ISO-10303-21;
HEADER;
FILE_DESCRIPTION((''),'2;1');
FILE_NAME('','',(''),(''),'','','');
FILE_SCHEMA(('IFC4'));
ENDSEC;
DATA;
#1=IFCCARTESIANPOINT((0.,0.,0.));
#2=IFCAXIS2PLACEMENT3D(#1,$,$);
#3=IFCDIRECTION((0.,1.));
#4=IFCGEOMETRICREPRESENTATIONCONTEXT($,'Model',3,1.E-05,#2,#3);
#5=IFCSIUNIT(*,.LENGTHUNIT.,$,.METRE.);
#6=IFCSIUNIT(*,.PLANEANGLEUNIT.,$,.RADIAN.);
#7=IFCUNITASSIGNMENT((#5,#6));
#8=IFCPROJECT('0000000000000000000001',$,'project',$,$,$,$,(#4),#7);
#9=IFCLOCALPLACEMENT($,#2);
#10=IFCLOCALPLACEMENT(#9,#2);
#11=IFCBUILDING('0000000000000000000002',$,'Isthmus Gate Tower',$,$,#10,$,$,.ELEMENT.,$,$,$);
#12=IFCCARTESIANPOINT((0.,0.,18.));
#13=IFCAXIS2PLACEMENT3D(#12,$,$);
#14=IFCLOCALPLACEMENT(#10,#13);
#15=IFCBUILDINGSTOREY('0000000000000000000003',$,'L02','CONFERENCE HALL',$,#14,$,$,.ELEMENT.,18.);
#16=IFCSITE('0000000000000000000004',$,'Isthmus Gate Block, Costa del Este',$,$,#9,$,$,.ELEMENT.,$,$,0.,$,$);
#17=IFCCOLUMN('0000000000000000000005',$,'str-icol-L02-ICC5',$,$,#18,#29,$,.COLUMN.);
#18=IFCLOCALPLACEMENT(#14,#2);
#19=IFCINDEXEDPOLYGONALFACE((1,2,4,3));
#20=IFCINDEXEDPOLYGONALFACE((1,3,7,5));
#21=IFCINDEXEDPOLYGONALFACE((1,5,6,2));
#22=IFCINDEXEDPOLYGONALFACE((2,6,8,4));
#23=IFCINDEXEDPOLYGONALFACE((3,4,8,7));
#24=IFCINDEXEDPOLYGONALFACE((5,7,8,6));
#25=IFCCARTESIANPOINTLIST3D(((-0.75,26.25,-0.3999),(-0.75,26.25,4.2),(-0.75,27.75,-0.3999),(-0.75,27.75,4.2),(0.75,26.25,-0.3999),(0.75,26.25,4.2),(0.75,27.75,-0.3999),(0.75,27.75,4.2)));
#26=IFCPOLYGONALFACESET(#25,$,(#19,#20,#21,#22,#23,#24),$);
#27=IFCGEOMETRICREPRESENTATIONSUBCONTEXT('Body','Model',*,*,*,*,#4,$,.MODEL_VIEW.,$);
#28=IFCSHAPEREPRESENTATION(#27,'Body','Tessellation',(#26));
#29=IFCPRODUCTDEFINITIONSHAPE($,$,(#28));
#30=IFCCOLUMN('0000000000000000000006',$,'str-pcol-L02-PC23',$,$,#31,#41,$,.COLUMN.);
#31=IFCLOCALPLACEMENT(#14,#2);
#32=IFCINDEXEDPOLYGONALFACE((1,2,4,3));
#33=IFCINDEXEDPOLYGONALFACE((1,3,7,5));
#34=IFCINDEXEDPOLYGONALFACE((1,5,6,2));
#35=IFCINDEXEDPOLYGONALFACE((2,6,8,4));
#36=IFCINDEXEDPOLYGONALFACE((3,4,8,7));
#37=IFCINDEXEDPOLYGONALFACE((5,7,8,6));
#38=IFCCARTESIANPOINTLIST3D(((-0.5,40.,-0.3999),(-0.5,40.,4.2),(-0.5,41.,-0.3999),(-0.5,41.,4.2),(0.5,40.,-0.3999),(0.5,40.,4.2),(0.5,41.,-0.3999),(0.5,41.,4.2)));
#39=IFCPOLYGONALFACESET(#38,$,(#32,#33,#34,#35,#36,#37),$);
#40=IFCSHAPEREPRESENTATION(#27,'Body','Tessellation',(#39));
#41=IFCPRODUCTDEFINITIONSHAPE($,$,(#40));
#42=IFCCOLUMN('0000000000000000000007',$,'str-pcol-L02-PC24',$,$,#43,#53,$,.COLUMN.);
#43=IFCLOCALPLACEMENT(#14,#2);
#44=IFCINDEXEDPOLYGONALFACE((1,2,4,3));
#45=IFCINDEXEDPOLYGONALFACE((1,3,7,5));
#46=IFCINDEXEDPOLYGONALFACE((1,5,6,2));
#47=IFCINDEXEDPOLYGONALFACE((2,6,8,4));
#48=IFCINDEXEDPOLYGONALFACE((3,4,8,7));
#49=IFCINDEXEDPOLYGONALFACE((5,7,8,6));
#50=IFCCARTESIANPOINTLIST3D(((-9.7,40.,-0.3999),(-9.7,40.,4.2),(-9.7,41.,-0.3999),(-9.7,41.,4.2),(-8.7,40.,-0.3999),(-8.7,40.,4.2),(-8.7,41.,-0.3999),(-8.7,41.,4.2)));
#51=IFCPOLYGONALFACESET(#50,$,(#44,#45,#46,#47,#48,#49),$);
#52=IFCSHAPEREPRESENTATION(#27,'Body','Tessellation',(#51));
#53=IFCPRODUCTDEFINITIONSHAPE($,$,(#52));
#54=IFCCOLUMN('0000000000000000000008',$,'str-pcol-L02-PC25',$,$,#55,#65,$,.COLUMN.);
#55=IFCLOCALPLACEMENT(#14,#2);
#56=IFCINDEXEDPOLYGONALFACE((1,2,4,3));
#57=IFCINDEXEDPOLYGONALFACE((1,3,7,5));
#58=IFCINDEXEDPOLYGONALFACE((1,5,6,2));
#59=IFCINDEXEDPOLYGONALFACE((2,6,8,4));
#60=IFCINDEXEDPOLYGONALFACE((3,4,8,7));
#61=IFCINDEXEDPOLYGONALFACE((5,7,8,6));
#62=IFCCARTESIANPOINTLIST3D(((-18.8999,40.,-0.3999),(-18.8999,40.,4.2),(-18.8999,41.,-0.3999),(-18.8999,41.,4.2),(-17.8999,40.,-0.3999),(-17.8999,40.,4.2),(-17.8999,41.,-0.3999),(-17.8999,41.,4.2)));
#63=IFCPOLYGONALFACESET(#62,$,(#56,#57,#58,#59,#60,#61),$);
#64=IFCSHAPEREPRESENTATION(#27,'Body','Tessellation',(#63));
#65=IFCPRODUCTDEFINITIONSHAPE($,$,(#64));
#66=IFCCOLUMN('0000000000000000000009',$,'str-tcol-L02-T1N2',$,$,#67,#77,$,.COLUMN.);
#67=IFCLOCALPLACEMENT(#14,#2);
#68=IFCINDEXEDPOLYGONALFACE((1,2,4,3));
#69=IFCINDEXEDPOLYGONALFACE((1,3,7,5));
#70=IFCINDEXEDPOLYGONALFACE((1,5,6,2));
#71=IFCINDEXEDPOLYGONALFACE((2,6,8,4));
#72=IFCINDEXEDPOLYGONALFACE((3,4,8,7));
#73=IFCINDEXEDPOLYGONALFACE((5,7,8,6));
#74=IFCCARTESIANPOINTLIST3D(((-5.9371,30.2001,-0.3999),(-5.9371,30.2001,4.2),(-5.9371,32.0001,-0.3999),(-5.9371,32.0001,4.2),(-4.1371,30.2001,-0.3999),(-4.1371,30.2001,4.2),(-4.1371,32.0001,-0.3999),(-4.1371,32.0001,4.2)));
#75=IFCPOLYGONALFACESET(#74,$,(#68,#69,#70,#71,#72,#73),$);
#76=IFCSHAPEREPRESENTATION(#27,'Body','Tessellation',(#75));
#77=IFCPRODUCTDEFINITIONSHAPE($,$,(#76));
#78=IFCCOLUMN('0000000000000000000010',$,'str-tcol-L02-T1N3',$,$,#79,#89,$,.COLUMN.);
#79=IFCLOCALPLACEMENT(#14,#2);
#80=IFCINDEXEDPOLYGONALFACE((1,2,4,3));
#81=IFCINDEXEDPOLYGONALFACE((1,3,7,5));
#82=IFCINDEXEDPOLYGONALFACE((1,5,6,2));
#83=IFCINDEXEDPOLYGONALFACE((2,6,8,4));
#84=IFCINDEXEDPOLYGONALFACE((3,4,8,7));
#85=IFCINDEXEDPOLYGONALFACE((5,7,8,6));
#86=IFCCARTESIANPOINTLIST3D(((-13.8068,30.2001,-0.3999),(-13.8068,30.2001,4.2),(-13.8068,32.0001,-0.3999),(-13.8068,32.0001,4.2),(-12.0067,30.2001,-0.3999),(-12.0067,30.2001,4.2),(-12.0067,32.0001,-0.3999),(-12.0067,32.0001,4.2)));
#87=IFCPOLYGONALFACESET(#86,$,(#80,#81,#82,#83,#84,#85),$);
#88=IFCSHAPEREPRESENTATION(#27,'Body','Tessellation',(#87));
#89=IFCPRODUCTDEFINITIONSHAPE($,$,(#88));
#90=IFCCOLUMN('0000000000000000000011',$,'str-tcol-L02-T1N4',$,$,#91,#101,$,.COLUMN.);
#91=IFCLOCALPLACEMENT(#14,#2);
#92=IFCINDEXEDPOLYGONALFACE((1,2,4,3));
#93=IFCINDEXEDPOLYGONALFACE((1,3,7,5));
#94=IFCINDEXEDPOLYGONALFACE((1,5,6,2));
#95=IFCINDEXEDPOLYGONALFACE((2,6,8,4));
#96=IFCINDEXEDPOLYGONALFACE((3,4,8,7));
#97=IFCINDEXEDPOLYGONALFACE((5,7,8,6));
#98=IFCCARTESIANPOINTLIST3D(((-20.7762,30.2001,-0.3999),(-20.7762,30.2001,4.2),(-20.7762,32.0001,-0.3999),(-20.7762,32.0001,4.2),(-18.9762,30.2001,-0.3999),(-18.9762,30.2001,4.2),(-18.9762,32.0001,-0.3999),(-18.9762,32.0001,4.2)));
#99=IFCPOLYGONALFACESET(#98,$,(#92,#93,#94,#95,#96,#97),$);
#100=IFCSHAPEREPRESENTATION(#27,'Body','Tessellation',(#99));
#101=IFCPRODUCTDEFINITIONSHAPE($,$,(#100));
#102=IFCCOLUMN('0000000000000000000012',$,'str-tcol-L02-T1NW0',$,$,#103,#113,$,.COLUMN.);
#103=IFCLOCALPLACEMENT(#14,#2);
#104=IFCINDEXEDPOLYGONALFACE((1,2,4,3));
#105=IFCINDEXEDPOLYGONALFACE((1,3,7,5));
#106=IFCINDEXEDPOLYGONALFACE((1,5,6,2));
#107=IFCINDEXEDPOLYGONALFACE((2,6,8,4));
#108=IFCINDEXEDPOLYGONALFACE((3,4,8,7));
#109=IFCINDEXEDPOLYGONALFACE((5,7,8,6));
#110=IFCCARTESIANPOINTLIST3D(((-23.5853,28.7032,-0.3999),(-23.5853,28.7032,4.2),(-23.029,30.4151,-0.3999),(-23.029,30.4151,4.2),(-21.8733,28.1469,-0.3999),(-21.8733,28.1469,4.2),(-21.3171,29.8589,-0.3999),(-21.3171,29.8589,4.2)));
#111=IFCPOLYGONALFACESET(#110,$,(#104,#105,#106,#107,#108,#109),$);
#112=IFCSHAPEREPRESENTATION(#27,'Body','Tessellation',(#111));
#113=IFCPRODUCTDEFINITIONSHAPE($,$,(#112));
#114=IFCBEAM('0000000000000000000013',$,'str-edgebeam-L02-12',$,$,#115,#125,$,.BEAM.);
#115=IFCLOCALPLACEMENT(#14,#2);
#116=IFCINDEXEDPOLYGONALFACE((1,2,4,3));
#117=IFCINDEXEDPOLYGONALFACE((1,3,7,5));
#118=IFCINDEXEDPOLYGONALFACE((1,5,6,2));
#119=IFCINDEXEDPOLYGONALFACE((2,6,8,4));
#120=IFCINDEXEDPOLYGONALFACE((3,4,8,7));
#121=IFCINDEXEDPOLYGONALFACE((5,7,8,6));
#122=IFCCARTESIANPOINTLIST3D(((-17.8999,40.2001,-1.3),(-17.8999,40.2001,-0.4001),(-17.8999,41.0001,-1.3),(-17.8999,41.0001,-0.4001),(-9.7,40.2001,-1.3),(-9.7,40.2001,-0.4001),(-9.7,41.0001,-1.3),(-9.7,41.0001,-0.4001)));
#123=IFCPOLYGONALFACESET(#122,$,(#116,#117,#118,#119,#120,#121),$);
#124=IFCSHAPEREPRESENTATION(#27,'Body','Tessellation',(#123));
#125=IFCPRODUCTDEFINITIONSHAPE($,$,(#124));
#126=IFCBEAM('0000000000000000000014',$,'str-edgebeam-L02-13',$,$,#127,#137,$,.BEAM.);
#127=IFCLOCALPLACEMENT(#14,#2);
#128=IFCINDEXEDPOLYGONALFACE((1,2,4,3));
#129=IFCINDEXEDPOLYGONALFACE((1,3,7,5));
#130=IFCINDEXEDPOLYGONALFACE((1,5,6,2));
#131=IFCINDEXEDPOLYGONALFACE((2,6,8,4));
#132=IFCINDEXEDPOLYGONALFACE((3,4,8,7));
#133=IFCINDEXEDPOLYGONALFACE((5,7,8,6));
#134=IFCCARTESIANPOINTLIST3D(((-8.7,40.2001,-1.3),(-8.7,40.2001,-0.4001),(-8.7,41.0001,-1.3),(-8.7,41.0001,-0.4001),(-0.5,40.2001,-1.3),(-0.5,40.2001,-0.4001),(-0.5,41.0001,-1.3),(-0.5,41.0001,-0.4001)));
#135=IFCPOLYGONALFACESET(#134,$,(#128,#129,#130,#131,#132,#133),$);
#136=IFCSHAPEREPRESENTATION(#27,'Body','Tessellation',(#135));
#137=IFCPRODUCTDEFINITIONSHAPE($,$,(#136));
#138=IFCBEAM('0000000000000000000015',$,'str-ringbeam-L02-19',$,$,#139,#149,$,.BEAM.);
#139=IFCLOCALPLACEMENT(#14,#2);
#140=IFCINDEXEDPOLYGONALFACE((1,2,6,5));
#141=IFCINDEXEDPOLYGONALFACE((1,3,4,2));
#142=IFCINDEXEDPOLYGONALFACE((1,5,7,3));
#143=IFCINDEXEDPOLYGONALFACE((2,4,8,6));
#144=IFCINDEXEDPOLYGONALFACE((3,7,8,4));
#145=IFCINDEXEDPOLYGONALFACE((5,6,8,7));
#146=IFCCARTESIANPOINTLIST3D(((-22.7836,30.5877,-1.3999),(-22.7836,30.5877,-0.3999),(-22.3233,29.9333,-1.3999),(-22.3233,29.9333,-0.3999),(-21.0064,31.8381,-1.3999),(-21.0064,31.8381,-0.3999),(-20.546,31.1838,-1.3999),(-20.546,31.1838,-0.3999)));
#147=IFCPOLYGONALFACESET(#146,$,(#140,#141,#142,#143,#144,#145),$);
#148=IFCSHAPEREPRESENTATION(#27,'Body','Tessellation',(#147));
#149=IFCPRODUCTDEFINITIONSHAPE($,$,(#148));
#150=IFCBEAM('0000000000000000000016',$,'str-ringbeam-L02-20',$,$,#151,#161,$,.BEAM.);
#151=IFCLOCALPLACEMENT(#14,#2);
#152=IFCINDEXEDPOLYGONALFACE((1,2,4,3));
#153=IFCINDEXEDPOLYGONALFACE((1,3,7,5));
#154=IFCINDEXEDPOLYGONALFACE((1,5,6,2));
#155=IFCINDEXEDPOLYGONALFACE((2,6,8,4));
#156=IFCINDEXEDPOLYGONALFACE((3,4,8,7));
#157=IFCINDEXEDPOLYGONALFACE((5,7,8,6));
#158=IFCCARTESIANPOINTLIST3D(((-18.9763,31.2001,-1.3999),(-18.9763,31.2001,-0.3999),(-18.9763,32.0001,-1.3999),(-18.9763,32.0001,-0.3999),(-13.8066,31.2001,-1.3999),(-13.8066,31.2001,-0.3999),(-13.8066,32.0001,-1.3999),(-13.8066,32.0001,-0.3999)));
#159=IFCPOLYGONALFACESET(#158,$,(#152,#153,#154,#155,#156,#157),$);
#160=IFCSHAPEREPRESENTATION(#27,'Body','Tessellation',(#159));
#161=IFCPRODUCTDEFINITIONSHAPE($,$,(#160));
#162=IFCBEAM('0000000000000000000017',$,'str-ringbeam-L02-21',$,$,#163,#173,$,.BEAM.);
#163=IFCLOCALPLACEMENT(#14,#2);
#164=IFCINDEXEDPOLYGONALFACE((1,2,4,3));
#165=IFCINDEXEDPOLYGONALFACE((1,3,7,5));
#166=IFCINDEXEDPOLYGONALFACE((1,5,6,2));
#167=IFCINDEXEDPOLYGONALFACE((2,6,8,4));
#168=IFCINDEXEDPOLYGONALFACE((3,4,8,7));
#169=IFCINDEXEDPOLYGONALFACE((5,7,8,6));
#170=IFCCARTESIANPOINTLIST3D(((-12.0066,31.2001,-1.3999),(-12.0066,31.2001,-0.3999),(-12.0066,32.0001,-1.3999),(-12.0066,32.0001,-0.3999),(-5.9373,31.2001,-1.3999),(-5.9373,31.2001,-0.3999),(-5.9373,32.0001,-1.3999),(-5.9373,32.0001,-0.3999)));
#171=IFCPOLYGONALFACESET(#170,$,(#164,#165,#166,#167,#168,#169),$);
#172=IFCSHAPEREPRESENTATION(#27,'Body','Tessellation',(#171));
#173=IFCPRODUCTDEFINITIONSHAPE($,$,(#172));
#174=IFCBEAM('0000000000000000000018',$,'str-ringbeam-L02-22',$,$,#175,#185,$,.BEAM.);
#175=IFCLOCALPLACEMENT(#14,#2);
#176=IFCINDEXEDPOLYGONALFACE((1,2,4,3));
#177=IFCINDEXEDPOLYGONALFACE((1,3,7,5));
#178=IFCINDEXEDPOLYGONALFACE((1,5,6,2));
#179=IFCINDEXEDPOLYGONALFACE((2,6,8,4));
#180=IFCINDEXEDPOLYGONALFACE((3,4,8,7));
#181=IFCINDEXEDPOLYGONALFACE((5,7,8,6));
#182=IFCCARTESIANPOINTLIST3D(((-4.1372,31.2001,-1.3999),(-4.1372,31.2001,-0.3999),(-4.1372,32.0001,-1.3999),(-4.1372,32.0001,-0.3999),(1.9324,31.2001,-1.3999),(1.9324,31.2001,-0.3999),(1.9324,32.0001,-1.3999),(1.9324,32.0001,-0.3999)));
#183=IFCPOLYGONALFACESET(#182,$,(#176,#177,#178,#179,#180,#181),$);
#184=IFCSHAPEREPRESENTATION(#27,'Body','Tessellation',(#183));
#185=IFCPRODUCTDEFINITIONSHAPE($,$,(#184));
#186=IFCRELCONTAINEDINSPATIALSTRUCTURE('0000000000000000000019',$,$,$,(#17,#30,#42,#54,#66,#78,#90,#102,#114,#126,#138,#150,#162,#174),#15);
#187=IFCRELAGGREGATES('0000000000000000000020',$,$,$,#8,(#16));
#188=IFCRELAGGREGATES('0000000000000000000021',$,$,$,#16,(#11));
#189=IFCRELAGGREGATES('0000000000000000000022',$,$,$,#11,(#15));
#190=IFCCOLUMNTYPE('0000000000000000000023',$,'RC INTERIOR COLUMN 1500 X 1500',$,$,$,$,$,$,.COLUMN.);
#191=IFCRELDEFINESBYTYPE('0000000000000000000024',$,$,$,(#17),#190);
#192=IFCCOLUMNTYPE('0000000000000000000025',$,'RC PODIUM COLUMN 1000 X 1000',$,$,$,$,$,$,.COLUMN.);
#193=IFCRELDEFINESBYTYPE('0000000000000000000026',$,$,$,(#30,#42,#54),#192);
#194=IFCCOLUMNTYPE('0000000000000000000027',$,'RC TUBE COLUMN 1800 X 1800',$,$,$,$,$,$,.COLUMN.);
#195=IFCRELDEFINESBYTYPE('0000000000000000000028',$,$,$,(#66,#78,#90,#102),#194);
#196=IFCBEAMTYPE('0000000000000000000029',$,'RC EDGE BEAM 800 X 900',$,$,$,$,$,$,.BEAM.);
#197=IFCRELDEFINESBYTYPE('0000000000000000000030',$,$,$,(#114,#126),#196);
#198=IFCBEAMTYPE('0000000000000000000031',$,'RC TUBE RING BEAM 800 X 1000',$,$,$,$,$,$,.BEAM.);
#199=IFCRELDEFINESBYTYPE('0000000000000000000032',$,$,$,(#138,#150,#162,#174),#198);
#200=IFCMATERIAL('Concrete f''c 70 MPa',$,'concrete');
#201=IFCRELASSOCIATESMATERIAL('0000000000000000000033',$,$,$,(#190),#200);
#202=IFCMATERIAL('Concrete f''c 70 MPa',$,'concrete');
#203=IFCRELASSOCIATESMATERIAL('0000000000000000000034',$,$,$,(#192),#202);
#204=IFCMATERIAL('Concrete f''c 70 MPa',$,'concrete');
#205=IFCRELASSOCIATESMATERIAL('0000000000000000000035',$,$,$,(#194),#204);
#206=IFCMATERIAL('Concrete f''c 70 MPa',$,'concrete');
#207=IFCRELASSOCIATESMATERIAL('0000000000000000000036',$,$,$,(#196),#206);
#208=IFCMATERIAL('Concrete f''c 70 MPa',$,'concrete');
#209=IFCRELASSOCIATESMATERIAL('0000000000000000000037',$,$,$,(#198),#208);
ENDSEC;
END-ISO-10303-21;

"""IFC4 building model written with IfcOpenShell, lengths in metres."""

from ifc_helpers import new_model, si_unit, direction, frame, origin, origin_2d, place, context, subcontext, project, spatial, rectangle, extrude, material, material_profile, profile_set, type_object, element, save


model = new_model("IFC4")

# Units and contexts
model_context = context("Model", 3, precision=1e-05, world=origin(), true_north=direction((0.0, 1.0)))
body_context = subcontext(model_context, "Body", "Model", "MODEL_VIEW")
ifc_project = project(units=[si_unit("LENGTHUNIT", "METRE"), si_unit("PLANEANGLEUNIT", "RADIAN")], contexts=[model_context])

# Site, building, storey
site_placement = place(None, origin())
site = spatial("IfcSite", under=ifc_project, at=site_placement, Name="Isthmus Gate Block, Costa del Este", CompositionType="ELEMENT", RefElevation=0.0)
building_placement = place(site_placement, origin())
building = spatial("IfcBuilding", under=site, at=building_placement, Name="Isthmus Gate Tower", CompositionType="ELEMENT")
storey_placement = place(building_placement, frame((0.0, 0.0, 18.0)))
storey = spatial("IfcBuildingStorey", under=building, at=storey_placement, Name="L02", Description="CONFERENCE HALL", CompositionType="ELEMENT", Elevation=18.0)

# Columns
ifc_material_1 = material(Name="Concrete f'c 70 MPa", Category="concrete")
ifc_material_profile_1 = material_profile(ifc_material_1, rectangle(XDim=1.5, YDim=1.5, at=origin_2d()), Name="RC 1500X1500")
ifc_profile_set_1 = profile_set([ifc_material_profile_1], Name="Concrete f'c 70 MPa")
column_type_1 = type_object("IfcColumnType", Name="RC INTERIOR COLUMN 1500 X 1500", PredefinedType="COLUMN", material=ifc_profile_set_1)
column_placement = place(storey_placement, frame((0.0, 27.0, -0.3999), z_axis=(0.0, 0.0, 1.0), x_axis=(1.0, 0.0, 0.0)))
element("IfcColumn", 1, at=column_placement, inside=storey, type_object=column_type_1, Name="str-icol-L02-ICC5", PredefinedType="COLUMN", context=body_context, shape_type="SweptSolid", body=[
    extrude(rectangle(XDim=1.5, YDim=1.5, at=origin_2d()), origin(), (0.0, 0.0, 1.0), 4.5999),
])
ifc_material_2 = material(Name="Concrete f'c 70 MPa", Category="concrete")
ifc_material_profile_2 = material_profile(ifc_material_2, rectangle(XDim=1.0, YDim=1.0, at=origin_2d()), Name="RC 1000X1000")
ifc_profile_set_2 = profile_set([ifc_material_profile_2], Name="Concrete f'c 70 MPa")
column_type_2 = type_object("IfcColumnType", Name="RC PODIUM COLUMN 1000 X 1000", PredefinedType="COLUMN", material=ifc_profile_set_2)
for number, where, z_axis, x_axis, name in (
    (2, (0.0, 40.5, -0.3999), (0.0, 0.0, 1.0), (-1.0, 0.0, 0.0), "str-pcol-L02-PC23"),
    (3, (-9.2, 40.5, -0.3999), (0.0, 0.0, 1.0), (-1.0, 0.0, 0.0), "str-pcol-L02-PC24"),
    (4, (-18.3999, 40.5, -0.3999), (0.0, 0.0, 1.0), (-1.0, 0.0, 0.0), "str-pcol-L02-PC25"),
):
    element("IfcColumn", number, at=place(storey_placement, frame(where, z_axis=z_axis, x_axis=x_axis)), inside=storey, type_object=column_type_2, Name=name, PredefinedType="COLUMN", context=body_context, shape_type="SweptSolid", body=[
        extrude(rectangle(XDim=1.0, YDim=1.0, at=origin_2d()), origin(), (0.0, 0.0, 1.0), 4.5999),
    ])
ifc_material_3 = material(Name="Concrete f'c 70 MPa", Category="concrete")
ifc_material_profile_3 = material_profile(ifc_material_3, rectangle(XDim=1.8, YDim=1.8, at=origin_2d()), Name="RC 1800X1800")
ifc_profile_set_3 = profile_set([ifc_material_profile_3], Name="Concrete f'c 70 MPa")
column_type_3 = type_object("IfcColumnType", Name="RC TUBE COLUMN 1800 X 1800", PredefinedType="COLUMN", material=ifc_profile_set_3)
for number, where, z_axis, x_axis, name in (
    (5, (-5.0371, 31.1001, -0.3999), (0.0, 0.0, 1.0), (-1.0, 0.0, 0.0), "str-tcol-L02-T1N2"),
    (6, (-12.9067, 31.1001, -0.3999), (0.0, 0.0, 1.0), (-1.0, 0.0, 0.0), "str-tcol-L02-T1N3"),
    (7, (-19.8762, 31.1001, -0.3999), (0.0, 0.0, 1.0), (-1.0, 0.0, 0.0), "str-tcol-L02-T1N4"),
    (8, (-22.4512, 29.281, -0.3999), (0.0, 0.0, 1.0), (-0.309017, -0.951057, 0.0), "str-tcol-L02-T1NW0"),
):
    element("IfcColumn", number, at=place(storey_placement, frame(where, z_axis=z_axis, x_axis=x_axis)), inside=storey, type_object=column_type_3, Name=name, PredefinedType="COLUMN", context=body_context, shape_type="SweptSolid", body=[
        extrude(rectangle(XDim=1.8, YDim=1.8, at=origin_2d()), origin(), (0.0, 0.0, 1.0), 4.5999),
    ])

# Beams
ifc_material_4 = material(Name="Concrete f'c 70 MPa", Category="concrete")
ifc_material_profile_4 = material_profile(ifc_material_4, rectangle(XDim=0.8, YDim=0.8999, at=origin_2d()), Name="RC 800X900")
ifc_profile_set_4 = profile_set([ifc_material_profile_4], Name="Concrete f'c 70 MPa")
beam_type_1 = type_object("IfcBeamType", Name="RC EDGE BEAM 800 X 900", PredefinedType="BEAM", material=ifc_profile_set_4)
for number, where, z_axis, x_axis, name in (
    (9, (-17.8999, 40.6001, -0.8501), (1.0, 0.0, 0.0), (0.0, 1.0, 0.0), "str-edgebeam-L02-12"),
    (10, (-8.7, 40.6001, -0.8501), (1.0, 0.0, 0.0), (0.0, 1.0, 0.0), "str-edgebeam-L02-13"),
):
    element("IfcBeam", number, at=place(storey_placement, frame(where, z_axis=z_axis, x_axis=x_axis)), inside=storey, type_object=beam_type_1, Name=name, PredefinedType="BEAM", context=body_context, shape_type="SweptSolid", body=[
        extrude(rectangle(XDim=0.8, YDim=0.8999, at=origin_2d()), origin(), (0.0, 0.0, 1.0), 8.2),
    ])
ifc_material_5 = material(Name="Concrete f'c 70 MPa", Category="concrete")
ifc_material_profile_5 = material_profile(ifc_material_5, rectangle(XDim=0.8, YDim=1.0, at=origin_2d()), Name="RC 800X1000")
ifc_profile_set_5 = profile_set([ifc_material_profile_5], Name="Concrete f'c 70 MPa")
beam_type_2 = type_object("IfcBeamType", Name="RC TUBE RING BEAM 800 X 1000", PredefinedType="BEAM", material=ifc_profile_set_5)
beam_1_placement = place(storey_placement, frame((-22.5535, 30.2605, -0.8999), z_axis=(0.817857, 0.575421, 0.0), x_axis=(-0.575421, 0.817857, 0.0)))
element("IfcBeam", 11, at=beam_1_placement, inside=storey, type_object=beam_type_2, Name="str-ringbeam-L02-19", PredefinedType="BEAM", context=body_context, shape_type="SweptSolid", body=[
    extrude(rectangle(XDim=0.8, YDim=1.0, at=origin_2d()), origin(), (0.0, 0.0, 1.0), 2.1731),
])
beam_2_placement = place(storey_placement, frame((-18.9763, 31.6001, -0.8999), z_axis=(1.0, 0.0, 0.0), x_axis=(0.0, 1.0, 0.0)))
element("IfcBeam", 12, at=beam_2_placement, inside=storey, type_object=beam_type_2, Name="str-ringbeam-L02-20", PredefinedType="BEAM", context=body_context, shape_type="SweptSolid", body=[
    extrude(rectangle(XDim=0.8, YDim=1.0, at=origin_2d()), origin(), (0.0, 0.0, 1.0), 5.1697),
])
beam_3_placement = place(storey_placement, frame((-12.0066, 31.6001, -0.8999), z_axis=(1.0, 0.0, 0.0), x_axis=(0.0, 1.0, 0.0)))
element("IfcBeam", 13, at=beam_3_placement, inside=storey, type_object=beam_type_2, Name="str-ringbeam-L02-21", PredefinedType="BEAM", context=body_context, shape_type="SweptSolid", body=[
    extrude(rectangle(XDim=0.8, YDim=1.0, at=origin_2d()), origin(), (0.0, 0.0, 1.0), 6.0693),
])
beam_4_placement = place(storey_placement, frame((-4.1372, 31.6001, -0.8999), z_axis=(1.0, 0.0, 0.0), x_axis=(0.0, 1.0, 0.0)))
element("IfcBeam", 14, at=beam_4_placement, inside=storey, type_object=beam_type_2, Name="str-ringbeam-L02-22", PredefinedType="BEAM", context=body_context, shape_type="SweptSolid", body=[
    extrude(rectangle(XDim=0.8, YDim=1.0, at=origin_2d()), origin(), (0.0, 0.0, 1.0), 6.0696),
])

save(model, "model.ifc")
